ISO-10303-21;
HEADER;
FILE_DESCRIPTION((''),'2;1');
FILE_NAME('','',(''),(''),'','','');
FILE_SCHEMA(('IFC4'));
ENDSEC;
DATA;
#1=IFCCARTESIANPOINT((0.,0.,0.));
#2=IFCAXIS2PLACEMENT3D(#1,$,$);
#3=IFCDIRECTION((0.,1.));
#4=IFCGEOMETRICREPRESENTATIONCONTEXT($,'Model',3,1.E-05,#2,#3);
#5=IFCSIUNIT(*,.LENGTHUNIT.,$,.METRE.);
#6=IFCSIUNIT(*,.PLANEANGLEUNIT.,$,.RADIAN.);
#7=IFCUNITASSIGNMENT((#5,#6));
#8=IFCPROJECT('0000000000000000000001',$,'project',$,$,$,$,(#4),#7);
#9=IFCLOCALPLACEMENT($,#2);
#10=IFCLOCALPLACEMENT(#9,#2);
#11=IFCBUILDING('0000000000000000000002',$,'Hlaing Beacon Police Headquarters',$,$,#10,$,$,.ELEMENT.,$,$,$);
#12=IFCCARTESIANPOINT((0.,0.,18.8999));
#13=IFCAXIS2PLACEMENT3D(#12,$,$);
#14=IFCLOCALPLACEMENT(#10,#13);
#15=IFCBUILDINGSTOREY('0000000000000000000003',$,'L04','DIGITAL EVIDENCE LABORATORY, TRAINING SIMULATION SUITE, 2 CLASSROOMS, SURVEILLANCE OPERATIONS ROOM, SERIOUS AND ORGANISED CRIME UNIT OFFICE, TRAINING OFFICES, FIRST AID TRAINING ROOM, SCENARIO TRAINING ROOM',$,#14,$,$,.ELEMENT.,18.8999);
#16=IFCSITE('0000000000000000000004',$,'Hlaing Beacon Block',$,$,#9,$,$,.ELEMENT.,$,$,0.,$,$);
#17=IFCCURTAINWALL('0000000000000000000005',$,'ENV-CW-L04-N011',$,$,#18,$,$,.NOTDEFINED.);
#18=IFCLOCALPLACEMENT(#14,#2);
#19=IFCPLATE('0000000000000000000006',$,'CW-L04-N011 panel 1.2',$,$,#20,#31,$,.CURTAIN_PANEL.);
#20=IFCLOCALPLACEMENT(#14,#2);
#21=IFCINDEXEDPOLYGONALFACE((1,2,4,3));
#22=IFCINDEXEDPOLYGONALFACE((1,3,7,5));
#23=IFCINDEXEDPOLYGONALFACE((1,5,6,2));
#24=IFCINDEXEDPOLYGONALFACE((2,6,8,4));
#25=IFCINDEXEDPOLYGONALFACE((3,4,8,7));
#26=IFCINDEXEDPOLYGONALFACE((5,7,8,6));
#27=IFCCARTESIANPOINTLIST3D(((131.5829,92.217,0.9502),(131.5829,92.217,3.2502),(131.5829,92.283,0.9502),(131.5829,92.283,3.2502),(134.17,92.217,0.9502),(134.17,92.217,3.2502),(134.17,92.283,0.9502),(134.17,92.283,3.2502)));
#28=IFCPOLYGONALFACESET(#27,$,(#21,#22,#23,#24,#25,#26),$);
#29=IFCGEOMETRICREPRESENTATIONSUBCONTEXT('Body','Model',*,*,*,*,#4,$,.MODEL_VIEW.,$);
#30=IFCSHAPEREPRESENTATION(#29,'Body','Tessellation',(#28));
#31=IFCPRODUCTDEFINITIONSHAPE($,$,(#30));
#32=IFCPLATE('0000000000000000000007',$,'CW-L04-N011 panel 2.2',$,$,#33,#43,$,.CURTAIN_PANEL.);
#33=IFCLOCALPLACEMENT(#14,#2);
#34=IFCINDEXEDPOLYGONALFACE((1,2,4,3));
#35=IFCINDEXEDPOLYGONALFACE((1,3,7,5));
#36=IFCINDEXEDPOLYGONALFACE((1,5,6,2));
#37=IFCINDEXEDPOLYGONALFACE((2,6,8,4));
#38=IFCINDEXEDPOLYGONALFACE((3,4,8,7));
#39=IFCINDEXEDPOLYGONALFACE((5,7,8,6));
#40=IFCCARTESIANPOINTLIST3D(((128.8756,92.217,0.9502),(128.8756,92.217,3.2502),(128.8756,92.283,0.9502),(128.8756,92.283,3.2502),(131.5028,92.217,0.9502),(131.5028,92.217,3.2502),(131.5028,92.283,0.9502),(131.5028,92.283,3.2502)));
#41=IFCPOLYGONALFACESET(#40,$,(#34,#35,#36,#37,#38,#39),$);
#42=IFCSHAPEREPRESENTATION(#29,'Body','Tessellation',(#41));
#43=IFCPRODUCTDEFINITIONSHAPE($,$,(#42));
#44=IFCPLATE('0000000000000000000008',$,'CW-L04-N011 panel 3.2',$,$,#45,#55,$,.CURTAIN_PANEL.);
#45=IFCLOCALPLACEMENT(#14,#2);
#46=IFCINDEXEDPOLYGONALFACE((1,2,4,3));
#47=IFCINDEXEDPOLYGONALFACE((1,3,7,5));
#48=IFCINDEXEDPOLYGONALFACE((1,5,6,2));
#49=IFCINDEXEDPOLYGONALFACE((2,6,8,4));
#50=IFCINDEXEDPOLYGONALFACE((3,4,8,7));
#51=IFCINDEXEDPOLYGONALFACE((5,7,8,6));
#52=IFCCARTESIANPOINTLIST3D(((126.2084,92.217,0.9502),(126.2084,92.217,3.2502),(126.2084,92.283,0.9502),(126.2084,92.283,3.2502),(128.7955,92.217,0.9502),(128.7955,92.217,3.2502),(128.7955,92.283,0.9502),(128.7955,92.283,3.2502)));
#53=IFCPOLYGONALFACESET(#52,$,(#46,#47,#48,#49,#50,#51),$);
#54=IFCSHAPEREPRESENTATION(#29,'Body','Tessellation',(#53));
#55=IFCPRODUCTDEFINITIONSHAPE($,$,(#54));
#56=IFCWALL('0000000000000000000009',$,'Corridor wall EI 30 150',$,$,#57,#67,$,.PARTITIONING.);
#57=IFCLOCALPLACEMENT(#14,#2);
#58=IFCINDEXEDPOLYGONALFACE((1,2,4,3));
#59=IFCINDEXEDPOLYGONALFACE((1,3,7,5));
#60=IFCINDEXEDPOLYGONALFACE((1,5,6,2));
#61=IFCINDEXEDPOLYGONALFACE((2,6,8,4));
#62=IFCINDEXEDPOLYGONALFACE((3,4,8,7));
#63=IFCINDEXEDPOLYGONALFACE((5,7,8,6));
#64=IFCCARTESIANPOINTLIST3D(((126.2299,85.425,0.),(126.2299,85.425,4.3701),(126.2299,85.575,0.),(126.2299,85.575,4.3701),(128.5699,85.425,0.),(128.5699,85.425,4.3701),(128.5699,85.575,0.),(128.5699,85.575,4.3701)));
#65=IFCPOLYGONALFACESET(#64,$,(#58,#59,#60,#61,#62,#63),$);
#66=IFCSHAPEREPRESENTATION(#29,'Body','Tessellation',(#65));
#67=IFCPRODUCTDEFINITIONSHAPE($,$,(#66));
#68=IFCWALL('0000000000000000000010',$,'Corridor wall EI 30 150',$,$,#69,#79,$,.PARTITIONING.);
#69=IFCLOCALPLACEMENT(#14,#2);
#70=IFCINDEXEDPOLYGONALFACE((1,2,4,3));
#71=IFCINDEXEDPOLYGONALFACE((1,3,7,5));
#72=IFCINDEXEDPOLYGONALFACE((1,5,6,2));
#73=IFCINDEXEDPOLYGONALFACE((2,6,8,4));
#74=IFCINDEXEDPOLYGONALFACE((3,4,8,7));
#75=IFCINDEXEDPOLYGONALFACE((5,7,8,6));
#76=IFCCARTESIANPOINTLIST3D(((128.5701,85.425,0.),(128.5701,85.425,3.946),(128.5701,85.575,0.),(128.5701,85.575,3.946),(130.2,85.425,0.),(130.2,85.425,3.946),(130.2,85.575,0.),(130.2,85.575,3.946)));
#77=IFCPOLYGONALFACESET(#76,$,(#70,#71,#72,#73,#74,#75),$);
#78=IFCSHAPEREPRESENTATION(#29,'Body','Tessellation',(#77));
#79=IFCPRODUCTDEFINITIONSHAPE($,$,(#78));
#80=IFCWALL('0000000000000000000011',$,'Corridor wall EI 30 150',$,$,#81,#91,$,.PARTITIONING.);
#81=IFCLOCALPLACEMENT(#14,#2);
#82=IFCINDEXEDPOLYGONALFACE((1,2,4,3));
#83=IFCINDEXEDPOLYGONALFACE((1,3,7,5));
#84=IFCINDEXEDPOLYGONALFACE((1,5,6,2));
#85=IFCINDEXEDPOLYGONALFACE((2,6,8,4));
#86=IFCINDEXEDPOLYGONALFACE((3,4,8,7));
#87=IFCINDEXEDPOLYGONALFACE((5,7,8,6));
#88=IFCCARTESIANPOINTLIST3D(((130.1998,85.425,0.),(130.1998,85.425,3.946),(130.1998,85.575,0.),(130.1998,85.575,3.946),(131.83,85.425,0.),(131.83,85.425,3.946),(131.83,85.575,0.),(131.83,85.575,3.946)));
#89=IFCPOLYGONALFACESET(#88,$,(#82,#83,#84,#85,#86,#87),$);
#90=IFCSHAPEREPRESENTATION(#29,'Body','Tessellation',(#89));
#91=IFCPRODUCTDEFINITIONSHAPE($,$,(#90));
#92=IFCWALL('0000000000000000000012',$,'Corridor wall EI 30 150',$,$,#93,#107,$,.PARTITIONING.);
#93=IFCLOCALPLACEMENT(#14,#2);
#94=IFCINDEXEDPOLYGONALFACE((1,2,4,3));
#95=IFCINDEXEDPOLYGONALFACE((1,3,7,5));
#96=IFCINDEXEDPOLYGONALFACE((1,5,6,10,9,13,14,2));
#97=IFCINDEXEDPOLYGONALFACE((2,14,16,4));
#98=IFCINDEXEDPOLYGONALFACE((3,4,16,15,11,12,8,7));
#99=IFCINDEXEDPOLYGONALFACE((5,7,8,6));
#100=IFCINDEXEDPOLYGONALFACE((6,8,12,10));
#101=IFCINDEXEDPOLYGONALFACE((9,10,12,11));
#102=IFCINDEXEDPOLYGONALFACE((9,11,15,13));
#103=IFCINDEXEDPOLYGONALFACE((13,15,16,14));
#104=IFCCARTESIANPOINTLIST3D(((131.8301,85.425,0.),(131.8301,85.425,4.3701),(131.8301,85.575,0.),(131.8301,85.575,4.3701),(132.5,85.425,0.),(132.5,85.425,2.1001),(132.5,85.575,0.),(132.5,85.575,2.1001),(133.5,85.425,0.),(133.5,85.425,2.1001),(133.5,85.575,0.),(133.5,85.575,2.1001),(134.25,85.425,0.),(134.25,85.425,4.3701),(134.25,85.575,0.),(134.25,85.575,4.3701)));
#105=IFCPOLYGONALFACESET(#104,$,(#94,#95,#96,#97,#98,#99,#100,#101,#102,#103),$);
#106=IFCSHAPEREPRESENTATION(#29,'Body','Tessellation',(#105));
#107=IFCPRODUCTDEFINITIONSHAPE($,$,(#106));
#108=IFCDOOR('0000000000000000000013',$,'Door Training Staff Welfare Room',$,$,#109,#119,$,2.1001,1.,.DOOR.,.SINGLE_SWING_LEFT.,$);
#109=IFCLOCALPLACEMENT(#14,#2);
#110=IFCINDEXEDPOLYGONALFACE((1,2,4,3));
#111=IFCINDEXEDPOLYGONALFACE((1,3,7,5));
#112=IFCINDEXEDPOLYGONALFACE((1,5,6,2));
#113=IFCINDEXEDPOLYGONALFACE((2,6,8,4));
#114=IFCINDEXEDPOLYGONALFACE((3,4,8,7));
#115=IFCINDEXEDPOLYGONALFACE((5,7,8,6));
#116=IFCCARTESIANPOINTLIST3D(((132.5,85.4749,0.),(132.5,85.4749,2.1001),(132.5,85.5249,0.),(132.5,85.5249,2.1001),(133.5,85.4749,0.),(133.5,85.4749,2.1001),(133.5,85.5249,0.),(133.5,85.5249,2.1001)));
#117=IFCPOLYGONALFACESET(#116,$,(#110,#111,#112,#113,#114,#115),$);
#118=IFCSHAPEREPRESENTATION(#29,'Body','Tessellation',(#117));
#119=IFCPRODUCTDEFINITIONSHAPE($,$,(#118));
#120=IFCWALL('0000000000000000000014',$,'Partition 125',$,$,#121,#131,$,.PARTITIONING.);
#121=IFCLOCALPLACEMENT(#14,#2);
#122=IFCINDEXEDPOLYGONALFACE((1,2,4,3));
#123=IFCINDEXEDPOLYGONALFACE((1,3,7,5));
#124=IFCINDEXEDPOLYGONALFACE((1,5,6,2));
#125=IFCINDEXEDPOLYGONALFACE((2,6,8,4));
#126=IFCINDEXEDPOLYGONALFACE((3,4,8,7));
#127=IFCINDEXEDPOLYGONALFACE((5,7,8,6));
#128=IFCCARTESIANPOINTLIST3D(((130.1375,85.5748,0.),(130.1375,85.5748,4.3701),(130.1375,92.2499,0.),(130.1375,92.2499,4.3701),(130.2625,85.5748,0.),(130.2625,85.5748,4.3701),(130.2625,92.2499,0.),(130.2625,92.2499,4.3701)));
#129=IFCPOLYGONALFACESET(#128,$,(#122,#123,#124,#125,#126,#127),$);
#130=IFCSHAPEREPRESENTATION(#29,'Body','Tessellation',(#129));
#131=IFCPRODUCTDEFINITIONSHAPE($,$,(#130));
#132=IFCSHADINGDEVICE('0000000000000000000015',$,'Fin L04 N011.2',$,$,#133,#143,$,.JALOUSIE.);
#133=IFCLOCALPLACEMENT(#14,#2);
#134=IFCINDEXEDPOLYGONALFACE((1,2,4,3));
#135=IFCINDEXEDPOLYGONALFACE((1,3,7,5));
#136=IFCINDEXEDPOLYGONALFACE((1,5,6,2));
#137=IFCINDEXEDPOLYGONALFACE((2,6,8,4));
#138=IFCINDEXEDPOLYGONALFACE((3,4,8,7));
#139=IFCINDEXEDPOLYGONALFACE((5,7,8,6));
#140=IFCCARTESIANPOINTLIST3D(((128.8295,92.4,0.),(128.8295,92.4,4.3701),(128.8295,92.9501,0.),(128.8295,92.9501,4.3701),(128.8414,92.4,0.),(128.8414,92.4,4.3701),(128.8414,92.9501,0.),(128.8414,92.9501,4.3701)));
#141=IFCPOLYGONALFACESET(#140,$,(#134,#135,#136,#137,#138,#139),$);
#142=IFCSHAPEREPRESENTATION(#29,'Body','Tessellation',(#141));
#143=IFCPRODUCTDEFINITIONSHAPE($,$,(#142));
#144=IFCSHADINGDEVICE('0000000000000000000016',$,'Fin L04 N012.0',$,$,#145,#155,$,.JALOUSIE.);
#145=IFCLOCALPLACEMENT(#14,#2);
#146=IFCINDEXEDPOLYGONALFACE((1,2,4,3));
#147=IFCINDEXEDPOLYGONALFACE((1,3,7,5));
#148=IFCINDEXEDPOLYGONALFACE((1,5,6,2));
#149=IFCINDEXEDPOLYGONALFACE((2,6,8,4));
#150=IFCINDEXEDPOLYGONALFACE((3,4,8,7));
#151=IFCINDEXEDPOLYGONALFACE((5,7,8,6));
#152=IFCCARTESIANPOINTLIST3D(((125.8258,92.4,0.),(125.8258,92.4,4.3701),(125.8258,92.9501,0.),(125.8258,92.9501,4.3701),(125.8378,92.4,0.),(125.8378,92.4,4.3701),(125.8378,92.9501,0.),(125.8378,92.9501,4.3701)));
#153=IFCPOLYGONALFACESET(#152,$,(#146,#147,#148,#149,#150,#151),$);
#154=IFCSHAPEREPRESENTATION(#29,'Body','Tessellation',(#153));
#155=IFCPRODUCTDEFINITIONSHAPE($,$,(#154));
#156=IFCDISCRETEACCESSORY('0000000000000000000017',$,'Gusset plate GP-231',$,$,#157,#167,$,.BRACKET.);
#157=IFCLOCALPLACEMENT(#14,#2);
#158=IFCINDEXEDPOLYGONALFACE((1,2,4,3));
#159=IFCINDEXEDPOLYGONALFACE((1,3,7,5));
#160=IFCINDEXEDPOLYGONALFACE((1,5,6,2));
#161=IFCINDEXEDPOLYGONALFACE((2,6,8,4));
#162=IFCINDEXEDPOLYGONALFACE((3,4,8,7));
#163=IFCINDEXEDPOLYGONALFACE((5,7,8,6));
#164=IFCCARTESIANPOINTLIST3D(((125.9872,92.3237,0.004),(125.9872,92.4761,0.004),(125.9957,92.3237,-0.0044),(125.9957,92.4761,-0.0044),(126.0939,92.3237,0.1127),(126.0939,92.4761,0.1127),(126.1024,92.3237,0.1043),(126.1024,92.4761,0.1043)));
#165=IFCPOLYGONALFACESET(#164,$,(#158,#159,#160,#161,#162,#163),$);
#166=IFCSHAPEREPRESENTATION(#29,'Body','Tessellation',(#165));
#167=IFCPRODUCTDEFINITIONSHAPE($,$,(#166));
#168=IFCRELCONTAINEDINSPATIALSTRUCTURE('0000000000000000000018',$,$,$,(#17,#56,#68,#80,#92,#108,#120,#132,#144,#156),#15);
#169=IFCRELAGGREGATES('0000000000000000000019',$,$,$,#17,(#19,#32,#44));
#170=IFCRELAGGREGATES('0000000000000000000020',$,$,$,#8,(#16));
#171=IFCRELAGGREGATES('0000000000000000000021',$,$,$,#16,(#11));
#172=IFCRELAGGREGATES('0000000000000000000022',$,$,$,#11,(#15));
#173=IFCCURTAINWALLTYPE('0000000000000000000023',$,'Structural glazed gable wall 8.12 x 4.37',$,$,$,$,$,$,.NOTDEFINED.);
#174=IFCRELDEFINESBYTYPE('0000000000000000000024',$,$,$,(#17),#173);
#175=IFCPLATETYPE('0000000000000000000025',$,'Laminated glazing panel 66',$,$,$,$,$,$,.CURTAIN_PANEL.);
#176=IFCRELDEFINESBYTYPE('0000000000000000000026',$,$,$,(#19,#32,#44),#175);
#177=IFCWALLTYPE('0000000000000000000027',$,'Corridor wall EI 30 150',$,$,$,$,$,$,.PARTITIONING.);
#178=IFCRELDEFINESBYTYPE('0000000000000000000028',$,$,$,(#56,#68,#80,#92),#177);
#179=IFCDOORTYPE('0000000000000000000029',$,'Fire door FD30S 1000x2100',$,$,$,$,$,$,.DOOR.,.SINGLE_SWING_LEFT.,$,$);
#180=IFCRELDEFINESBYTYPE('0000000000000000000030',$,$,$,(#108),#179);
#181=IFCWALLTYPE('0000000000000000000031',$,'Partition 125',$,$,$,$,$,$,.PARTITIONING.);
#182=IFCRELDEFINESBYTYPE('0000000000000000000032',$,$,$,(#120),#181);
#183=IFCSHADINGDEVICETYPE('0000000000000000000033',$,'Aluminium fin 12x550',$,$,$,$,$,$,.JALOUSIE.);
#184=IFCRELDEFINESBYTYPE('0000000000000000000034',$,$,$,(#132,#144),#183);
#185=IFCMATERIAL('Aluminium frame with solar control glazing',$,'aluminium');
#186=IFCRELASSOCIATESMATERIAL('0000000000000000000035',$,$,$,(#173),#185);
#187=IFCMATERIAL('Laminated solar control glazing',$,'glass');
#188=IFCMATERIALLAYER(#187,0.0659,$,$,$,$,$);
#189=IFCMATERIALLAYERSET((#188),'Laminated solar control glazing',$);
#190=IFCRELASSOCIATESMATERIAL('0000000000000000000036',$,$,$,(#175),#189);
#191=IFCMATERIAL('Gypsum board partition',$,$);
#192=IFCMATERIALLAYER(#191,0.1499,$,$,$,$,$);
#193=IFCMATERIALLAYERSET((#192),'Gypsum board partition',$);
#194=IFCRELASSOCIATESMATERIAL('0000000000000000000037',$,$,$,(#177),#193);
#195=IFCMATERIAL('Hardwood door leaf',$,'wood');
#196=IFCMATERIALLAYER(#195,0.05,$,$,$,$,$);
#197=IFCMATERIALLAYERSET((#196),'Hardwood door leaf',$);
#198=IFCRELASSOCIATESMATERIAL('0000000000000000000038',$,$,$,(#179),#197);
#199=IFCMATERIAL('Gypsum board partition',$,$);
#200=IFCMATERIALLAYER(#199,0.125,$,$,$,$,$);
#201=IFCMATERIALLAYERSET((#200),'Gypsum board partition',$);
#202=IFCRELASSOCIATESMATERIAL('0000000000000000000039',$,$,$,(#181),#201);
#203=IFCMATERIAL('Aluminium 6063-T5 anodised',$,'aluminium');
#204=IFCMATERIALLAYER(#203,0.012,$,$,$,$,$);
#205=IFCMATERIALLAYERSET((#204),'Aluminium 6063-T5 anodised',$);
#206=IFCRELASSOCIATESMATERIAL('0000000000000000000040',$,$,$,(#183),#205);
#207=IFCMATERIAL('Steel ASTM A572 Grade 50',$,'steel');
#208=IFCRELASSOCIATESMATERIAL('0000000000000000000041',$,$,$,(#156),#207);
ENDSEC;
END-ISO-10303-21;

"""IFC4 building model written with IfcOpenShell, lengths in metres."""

from ifc_helpers import new_model, si_unit, direction, frame, frame_2d, origin, origin_2d, place, context, subcontext, project, spatial, rectangle, extrude, material, layer, layer_set, type_object, element, fill, aggregate, save


model = new_model("IFC4")

# Units and contexts
model_context = context("Model", 3, precision=1e-05, world=origin(), true_north=direction((0.0, 1.0)))
body_context = subcontext(model_context, "Body", "Model", "MODEL_VIEW")
ifc_project = project(units=[si_unit("LENGTHUNIT", "METRE"), si_unit("PLANEANGLEUNIT", "RADIAN")], contexts=[model_context])

# Site, building, storey
site_placement = place(None, origin())
site = spatial("IfcSite", under=ifc_project, at=site_placement, Name="Hlaing Beacon Block", CompositionType="ELEMENT", RefElevation=0.0)
building_placement = place(site_placement, origin())
building = spatial("IfcBuilding", under=site, at=building_placement, Name="Hlaing Beacon Police Headquarters", CompositionType="ELEMENT")
storey_placement = place(building_placement, frame((0.0, 0.0, 18.8999)))
storey = spatial("IfcBuildingStorey", under=building, at=storey_placement, Name="L04", Description="DIGITAL EVIDENCE LABORATORY, TRAINING SIMULATION SUITE, 2 CLASSROOMS, SURVEILLANCE OPERATIONS ROOM, SERIOUS AND ORGANISED CRIME UNIT OFFICE, TRAINING OFFICES, FIRST AID TRAINING ROOM, SCENARIO TRAINING ROOM", CompositionType="ELEMENT", Elevation=18.8999)

# Curtain wall, plates
ifc_material_1 = material(Name="Aluminium frame with solar control glazing", Category="aluminium")
curtain_wall_type = type_object("IfcCurtainWallType", Name="Structural glazed gable wall 8.12 x 4.37", PredefinedType="NOTDEFINED", material=ifc_material_1)
curtain_wall_placement = place(storey_placement, origin())
curtain_wall = element("IfcCurtainWall", 1, at=curtain_wall_placement, inside=storey, type_object=curtain_wall_type, Name="ENV-CW-L04-N011", PredefinedType="NOTDEFINED")
ifc_material_2 = material(Name="Laminated solar control glazing", Category="glass")
ifc_layer_1 = layer(ifc_material_2, 0.0659)
ifc_layer_set_1 = layer_set([ifc_layer_1], Name="Laminated solar control glazing")
plate_type_1 = type_object("IfcPlateType", Name="Laminated glazing panel 66", PredefinedType="CURTAIN_PANEL", material=ifc_layer_set_1)
plate_1_placement = place(storey_placement, frame((132.8765, 92.25, 0.9502), z_axis=(0.0, 0.0, 1.0), x_axis=(-1.0, 0.0, 0.0)))
plate_1 = element("IfcPlate", 2, at=plate_1_placement, type_object=plate_type_1, Name="CW-L04-N011 panel 1.2", PredefinedType="CURTAIN_PANEL", context=body_context, shape_type="SweptSolid", body=[
    extrude(rectangle(XDim=2.5872, YDim=0.0659, at=origin_2d()), origin(), (0.0, 0.0, 1.0), 2.3),
])
plate_2_placement = place(storey_placement, frame((130.1892, 92.25, 0.9502), z_axis=(0.0, 0.0, 1.0), x_axis=(-1.0, 0.0, 0.0)))
plate_2 = element("IfcPlate", 3, at=plate_2_placement, type_object=plate_type_1, Name="CW-L04-N011 panel 2.2", PredefinedType="CURTAIN_PANEL", context=body_context, shape_type="SweptSolid", body=[
    extrude(rectangle(XDim=2.6272, YDim=0.0659, at=origin_2d()), origin(), (0.0, 0.0, 1.0), 2.3),
])
plate_3_placement = place(storey_placement, frame((127.502, 92.25, 0.9502), z_axis=(0.0, 0.0, 1.0), x_axis=(-1.0, 0.0, 0.0)))
plate_3 = element("IfcPlate", 4, at=plate_3_placement, type_object=plate_type_1, Name="CW-L04-N011 panel 3.2", PredefinedType="CURTAIN_PANEL", context=body_context, shape_type="SweptSolid", body=[
    extrude(rectangle(XDim=2.5872, YDim=0.0659, at=origin_2d()), origin(), (0.0, 0.0, 1.0), 2.3),
])
aggregate(curtain_wall, [plate_1, plate_2, plate_3])

# Walls
ifc_material_3 = material(Name="Gypsum board partition")
ifc_layer_2 = layer(ifc_material_3, 0.1499)
ifc_layer_set_2 = layer_set([ifc_layer_2], Name="Gypsum board partition")
wall_type_1 = type_object("IfcWallType", Name="Corridor wall EI 30 150", PredefinedType="PARTITIONING", material=ifc_layer_set_2)
wall_1_placement = place(storey_placement, frame((126.23, 85.5, 0.0), z_axis=(0.0, 0.0, 1.0), x_axis=(1.0, 0.0, 0.0)))
element("IfcWall", 5, at=wall_1_placement, inside=storey, type_object=wall_type_1, Name="Corridor wall EI 30 150", PredefinedType="PARTITIONING", context=body_context, shape_type="SweptSolid", body=[
    extrude(rectangle(XDim=2.3401, YDim=0.1499, at=frame_2d((1.1699, 0.0))), origin(), (0.0, 0.0, 1.0), 4.3701),
])
wall_2_placement = place(storey_placement, frame((128.5701, 85.5, 0.0), z_axis=(0.0, 0.0, 1.0), x_axis=(1.0, 0.0, 0.0)))
element("IfcWall", 6, at=wall_2_placement, inside=storey, type_object=wall_type_1, Name="Corridor wall EI 30 150", PredefinedType="PARTITIONING", context=body_context, shape_type="SweptSolid", body=[
    extrude(rectangle(XDim=1.6299, YDim=0.1499, at=frame_2d((0.8149, 0.0))), origin(), (0.0, 0.0, 1.0), 3.946),
])
wall_3_placement = place(storey_placement, frame((130.2, 85.5, 0.0), z_axis=(0.0, 0.0, 1.0), x_axis=(1.0, 0.0, 0.0)))
element("IfcWall", 7, at=wall_3_placement, inside=storey, type_object=wall_type_1, Name="Corridor wall EI 30 150", PredefinedType="PARTITIONING", context=body_context, shape_type="SweptSolid", body=[
    extrude(rectangle(XDim=1.6301, YDim=0.1499, at=frame_2d((0.8149, 0.0))), origin(), (0.0, 0.0, 1.0), 3.946),
])

# Wall, opening, door
wall_4_placement = place(storey_placement, frame((131.8301, 85.5, 0.0), z_axis=(0.0, 0.0, 1.0), x_axis=(1.0, 0.0, 0.0)))
wall_4 = element("IfcWall", 8, at=wall_4_placement, inside=storey, type_object=wall_type_1, Name="Corridor wall EI 30 150", PredefinedType="PARTITIONING", context=body_context, shape_type="SweptSolid", body=[
    extrude(rectangle(XDim=2.4199, YDim=0.1499, at=frame_2d((1.21, 0.0))), origin(), (0.0, 0.0, 1.0), 4.3701),
])
opening_placement = place(wall_4_placement, frame((0.6699, 0.0, 0.0)))
opening = element("IfcOpeningElement", 9, at=opening_placement, cuts=wall_4, PredefinedType="OPENING", context=body_context, shape_type="SweptSolid", body=[
    extrude(rectangle(XDim=1.0, YDim=2.1001, at=frame_2d((0.5, 1.05))), frame((0.0, 0.085, 0.0), z_axis=(0.0, -1.0, 0.0), x_axis=(1.0, 0.0, 0.0)), (0.0, 0.0, 1.0), 0.1699),
])
ifc_material_4 = material(Name="Hardwood door leaf", Category="wood")
ifc_layer_3 = layer(ifc_material_4, 0.05)
ifc_layer_set_3 = layer_set([ifc_layer_3], Name="Hardwood door leaf")
door_type = type_object("IfcDoorType", Name="Fire door FD30S 1000x2100", OperationType="SINGLE_SWING_LEFT", PredefinedType="DOOR", material=ifc_layer_set_3)
door_placement = place(opening_placement, origin())
door = element("IfcDoor", 10, at=door_placement, inside=storey, type_object=door_type, Name="Door Training Staff Welfare Room", OperationType="SINGLE_SWING_LEFT", OverallHeight=2.1001, OverallWidth=1.0, PredefinedType="DOOR", context=body_context, shape_type="SweptSolid", body=[
    extrude(rectangle(XDim=1.0, YDim=2.1001, at=frame_2d((0.5, 1.05))), frame((0.0, 0.0249, 0.0), z_axis=(0.0, -1.0, 0.0), x_axis=(1.0, 0.0, 0.0)), (0.0, 0.0, 1.0), 0.05),
])
fill(opening, door)

# Wall
ifc_material_5 = material(Name="Gypsum board partition")
ifc_layer_4 = layer(ifc_material_5, 0.125)
ifc_layer_set_4 = layer_set([ifc_layer_4], Name="Gypsum board partition")
wall_type_2 = type_object("IfcWallType", Name="Partition 125", PredefinedType="PARTITIONING", material=ifc_layer_set_4)
wall_5_placement = place(storey_placement, frame((130.2, 85.575, 0.0), z_axis=(0.0, 0.0, 1.0), x_axis=(0.0, 1.0, 0.0)))
element("IfcWall", 11, at=wall_5_placement, inside=storey, type_object=wall_type_2, Name="Partition 125", PredefinedType="PARTITIONING", context=body_context, shape_type="SweptSolid", body=[
    extrude(rectangle(XDim=6.675, YDim=0.125, at=frame_2d((3.3374, 0.0))), origin(), (0.0, 0.0, 1.0), 4.3701),
])

# Shading devices
ifc_material_6 = material(Name="Aluminium 6063-T5 anodised", Category="aluminium")
ifc_layer_5 = layer(ifc_material_6, 0.012)
ifc_layer_set_5 = layer_set([ifc_layer_5], Name="Aluminium 6063-T5 anodised")
shading_device_type = type_object("IfcShadingDeviceType", Name="Aluminium fin 12x550", PredefinedType="JALOUSIE", material=ifc_layer_set_5)
for number, where, z_axis, x_axis, name in (
    (12, (128.8354, 92.675, 0.0), (0.0, 0.0, 1.0), (-1.0, 0.0, 0.0), "Fin L04 N011.2"),
    (13, (125.8318, 92.675, 0.0), (0.0, 0.0, 1.0), (-1.0, 0.0, 0.0), "Fin L04 N012.0"),
):
    element("IfcShadingDevice", number, at=place(storey_placement, frame(where, z_axis=z_axis, x_axis=x_axis)), inside=storey, type_object=shading_device_type, Name=name, PredefinedType="JALOUSIE", context=body_context, shape_type="SweptSolid", body=[
        extrude(rectangle(XDim=0.012, YDim=0.55, at=origin_2d()), origin(), (0.0, 0.0, 1.0), 4.3701),
    ])

# Discrete accessory
ifc_material_7 = material(Name="Steel ASTM A572 Grade 50", Category="steel")
discrete_accessory_placement = place(storey_placement, frame((126.0405, 92.3999, 0.0583), z_axis=(0.71343, 0.0, -0.700727), x_axis=(0.0, 1.0, 0.0)))
element("IfcDiscreteAccessory", 14, at=discrete_accessory_placement, inside=storey, material=ifc_material_7, Name="Gusset plate GP-231", PredefinedType="BRACKET", context=body_context, shape_type="SweptSolid", body=[
    extrude(rectangle(XDim=0.1523, YDim=0.1523, at=origin_2d()), origin(), (0.0, 0.0, 1.0), 0.012),
])

save(model, "model.ifc")
